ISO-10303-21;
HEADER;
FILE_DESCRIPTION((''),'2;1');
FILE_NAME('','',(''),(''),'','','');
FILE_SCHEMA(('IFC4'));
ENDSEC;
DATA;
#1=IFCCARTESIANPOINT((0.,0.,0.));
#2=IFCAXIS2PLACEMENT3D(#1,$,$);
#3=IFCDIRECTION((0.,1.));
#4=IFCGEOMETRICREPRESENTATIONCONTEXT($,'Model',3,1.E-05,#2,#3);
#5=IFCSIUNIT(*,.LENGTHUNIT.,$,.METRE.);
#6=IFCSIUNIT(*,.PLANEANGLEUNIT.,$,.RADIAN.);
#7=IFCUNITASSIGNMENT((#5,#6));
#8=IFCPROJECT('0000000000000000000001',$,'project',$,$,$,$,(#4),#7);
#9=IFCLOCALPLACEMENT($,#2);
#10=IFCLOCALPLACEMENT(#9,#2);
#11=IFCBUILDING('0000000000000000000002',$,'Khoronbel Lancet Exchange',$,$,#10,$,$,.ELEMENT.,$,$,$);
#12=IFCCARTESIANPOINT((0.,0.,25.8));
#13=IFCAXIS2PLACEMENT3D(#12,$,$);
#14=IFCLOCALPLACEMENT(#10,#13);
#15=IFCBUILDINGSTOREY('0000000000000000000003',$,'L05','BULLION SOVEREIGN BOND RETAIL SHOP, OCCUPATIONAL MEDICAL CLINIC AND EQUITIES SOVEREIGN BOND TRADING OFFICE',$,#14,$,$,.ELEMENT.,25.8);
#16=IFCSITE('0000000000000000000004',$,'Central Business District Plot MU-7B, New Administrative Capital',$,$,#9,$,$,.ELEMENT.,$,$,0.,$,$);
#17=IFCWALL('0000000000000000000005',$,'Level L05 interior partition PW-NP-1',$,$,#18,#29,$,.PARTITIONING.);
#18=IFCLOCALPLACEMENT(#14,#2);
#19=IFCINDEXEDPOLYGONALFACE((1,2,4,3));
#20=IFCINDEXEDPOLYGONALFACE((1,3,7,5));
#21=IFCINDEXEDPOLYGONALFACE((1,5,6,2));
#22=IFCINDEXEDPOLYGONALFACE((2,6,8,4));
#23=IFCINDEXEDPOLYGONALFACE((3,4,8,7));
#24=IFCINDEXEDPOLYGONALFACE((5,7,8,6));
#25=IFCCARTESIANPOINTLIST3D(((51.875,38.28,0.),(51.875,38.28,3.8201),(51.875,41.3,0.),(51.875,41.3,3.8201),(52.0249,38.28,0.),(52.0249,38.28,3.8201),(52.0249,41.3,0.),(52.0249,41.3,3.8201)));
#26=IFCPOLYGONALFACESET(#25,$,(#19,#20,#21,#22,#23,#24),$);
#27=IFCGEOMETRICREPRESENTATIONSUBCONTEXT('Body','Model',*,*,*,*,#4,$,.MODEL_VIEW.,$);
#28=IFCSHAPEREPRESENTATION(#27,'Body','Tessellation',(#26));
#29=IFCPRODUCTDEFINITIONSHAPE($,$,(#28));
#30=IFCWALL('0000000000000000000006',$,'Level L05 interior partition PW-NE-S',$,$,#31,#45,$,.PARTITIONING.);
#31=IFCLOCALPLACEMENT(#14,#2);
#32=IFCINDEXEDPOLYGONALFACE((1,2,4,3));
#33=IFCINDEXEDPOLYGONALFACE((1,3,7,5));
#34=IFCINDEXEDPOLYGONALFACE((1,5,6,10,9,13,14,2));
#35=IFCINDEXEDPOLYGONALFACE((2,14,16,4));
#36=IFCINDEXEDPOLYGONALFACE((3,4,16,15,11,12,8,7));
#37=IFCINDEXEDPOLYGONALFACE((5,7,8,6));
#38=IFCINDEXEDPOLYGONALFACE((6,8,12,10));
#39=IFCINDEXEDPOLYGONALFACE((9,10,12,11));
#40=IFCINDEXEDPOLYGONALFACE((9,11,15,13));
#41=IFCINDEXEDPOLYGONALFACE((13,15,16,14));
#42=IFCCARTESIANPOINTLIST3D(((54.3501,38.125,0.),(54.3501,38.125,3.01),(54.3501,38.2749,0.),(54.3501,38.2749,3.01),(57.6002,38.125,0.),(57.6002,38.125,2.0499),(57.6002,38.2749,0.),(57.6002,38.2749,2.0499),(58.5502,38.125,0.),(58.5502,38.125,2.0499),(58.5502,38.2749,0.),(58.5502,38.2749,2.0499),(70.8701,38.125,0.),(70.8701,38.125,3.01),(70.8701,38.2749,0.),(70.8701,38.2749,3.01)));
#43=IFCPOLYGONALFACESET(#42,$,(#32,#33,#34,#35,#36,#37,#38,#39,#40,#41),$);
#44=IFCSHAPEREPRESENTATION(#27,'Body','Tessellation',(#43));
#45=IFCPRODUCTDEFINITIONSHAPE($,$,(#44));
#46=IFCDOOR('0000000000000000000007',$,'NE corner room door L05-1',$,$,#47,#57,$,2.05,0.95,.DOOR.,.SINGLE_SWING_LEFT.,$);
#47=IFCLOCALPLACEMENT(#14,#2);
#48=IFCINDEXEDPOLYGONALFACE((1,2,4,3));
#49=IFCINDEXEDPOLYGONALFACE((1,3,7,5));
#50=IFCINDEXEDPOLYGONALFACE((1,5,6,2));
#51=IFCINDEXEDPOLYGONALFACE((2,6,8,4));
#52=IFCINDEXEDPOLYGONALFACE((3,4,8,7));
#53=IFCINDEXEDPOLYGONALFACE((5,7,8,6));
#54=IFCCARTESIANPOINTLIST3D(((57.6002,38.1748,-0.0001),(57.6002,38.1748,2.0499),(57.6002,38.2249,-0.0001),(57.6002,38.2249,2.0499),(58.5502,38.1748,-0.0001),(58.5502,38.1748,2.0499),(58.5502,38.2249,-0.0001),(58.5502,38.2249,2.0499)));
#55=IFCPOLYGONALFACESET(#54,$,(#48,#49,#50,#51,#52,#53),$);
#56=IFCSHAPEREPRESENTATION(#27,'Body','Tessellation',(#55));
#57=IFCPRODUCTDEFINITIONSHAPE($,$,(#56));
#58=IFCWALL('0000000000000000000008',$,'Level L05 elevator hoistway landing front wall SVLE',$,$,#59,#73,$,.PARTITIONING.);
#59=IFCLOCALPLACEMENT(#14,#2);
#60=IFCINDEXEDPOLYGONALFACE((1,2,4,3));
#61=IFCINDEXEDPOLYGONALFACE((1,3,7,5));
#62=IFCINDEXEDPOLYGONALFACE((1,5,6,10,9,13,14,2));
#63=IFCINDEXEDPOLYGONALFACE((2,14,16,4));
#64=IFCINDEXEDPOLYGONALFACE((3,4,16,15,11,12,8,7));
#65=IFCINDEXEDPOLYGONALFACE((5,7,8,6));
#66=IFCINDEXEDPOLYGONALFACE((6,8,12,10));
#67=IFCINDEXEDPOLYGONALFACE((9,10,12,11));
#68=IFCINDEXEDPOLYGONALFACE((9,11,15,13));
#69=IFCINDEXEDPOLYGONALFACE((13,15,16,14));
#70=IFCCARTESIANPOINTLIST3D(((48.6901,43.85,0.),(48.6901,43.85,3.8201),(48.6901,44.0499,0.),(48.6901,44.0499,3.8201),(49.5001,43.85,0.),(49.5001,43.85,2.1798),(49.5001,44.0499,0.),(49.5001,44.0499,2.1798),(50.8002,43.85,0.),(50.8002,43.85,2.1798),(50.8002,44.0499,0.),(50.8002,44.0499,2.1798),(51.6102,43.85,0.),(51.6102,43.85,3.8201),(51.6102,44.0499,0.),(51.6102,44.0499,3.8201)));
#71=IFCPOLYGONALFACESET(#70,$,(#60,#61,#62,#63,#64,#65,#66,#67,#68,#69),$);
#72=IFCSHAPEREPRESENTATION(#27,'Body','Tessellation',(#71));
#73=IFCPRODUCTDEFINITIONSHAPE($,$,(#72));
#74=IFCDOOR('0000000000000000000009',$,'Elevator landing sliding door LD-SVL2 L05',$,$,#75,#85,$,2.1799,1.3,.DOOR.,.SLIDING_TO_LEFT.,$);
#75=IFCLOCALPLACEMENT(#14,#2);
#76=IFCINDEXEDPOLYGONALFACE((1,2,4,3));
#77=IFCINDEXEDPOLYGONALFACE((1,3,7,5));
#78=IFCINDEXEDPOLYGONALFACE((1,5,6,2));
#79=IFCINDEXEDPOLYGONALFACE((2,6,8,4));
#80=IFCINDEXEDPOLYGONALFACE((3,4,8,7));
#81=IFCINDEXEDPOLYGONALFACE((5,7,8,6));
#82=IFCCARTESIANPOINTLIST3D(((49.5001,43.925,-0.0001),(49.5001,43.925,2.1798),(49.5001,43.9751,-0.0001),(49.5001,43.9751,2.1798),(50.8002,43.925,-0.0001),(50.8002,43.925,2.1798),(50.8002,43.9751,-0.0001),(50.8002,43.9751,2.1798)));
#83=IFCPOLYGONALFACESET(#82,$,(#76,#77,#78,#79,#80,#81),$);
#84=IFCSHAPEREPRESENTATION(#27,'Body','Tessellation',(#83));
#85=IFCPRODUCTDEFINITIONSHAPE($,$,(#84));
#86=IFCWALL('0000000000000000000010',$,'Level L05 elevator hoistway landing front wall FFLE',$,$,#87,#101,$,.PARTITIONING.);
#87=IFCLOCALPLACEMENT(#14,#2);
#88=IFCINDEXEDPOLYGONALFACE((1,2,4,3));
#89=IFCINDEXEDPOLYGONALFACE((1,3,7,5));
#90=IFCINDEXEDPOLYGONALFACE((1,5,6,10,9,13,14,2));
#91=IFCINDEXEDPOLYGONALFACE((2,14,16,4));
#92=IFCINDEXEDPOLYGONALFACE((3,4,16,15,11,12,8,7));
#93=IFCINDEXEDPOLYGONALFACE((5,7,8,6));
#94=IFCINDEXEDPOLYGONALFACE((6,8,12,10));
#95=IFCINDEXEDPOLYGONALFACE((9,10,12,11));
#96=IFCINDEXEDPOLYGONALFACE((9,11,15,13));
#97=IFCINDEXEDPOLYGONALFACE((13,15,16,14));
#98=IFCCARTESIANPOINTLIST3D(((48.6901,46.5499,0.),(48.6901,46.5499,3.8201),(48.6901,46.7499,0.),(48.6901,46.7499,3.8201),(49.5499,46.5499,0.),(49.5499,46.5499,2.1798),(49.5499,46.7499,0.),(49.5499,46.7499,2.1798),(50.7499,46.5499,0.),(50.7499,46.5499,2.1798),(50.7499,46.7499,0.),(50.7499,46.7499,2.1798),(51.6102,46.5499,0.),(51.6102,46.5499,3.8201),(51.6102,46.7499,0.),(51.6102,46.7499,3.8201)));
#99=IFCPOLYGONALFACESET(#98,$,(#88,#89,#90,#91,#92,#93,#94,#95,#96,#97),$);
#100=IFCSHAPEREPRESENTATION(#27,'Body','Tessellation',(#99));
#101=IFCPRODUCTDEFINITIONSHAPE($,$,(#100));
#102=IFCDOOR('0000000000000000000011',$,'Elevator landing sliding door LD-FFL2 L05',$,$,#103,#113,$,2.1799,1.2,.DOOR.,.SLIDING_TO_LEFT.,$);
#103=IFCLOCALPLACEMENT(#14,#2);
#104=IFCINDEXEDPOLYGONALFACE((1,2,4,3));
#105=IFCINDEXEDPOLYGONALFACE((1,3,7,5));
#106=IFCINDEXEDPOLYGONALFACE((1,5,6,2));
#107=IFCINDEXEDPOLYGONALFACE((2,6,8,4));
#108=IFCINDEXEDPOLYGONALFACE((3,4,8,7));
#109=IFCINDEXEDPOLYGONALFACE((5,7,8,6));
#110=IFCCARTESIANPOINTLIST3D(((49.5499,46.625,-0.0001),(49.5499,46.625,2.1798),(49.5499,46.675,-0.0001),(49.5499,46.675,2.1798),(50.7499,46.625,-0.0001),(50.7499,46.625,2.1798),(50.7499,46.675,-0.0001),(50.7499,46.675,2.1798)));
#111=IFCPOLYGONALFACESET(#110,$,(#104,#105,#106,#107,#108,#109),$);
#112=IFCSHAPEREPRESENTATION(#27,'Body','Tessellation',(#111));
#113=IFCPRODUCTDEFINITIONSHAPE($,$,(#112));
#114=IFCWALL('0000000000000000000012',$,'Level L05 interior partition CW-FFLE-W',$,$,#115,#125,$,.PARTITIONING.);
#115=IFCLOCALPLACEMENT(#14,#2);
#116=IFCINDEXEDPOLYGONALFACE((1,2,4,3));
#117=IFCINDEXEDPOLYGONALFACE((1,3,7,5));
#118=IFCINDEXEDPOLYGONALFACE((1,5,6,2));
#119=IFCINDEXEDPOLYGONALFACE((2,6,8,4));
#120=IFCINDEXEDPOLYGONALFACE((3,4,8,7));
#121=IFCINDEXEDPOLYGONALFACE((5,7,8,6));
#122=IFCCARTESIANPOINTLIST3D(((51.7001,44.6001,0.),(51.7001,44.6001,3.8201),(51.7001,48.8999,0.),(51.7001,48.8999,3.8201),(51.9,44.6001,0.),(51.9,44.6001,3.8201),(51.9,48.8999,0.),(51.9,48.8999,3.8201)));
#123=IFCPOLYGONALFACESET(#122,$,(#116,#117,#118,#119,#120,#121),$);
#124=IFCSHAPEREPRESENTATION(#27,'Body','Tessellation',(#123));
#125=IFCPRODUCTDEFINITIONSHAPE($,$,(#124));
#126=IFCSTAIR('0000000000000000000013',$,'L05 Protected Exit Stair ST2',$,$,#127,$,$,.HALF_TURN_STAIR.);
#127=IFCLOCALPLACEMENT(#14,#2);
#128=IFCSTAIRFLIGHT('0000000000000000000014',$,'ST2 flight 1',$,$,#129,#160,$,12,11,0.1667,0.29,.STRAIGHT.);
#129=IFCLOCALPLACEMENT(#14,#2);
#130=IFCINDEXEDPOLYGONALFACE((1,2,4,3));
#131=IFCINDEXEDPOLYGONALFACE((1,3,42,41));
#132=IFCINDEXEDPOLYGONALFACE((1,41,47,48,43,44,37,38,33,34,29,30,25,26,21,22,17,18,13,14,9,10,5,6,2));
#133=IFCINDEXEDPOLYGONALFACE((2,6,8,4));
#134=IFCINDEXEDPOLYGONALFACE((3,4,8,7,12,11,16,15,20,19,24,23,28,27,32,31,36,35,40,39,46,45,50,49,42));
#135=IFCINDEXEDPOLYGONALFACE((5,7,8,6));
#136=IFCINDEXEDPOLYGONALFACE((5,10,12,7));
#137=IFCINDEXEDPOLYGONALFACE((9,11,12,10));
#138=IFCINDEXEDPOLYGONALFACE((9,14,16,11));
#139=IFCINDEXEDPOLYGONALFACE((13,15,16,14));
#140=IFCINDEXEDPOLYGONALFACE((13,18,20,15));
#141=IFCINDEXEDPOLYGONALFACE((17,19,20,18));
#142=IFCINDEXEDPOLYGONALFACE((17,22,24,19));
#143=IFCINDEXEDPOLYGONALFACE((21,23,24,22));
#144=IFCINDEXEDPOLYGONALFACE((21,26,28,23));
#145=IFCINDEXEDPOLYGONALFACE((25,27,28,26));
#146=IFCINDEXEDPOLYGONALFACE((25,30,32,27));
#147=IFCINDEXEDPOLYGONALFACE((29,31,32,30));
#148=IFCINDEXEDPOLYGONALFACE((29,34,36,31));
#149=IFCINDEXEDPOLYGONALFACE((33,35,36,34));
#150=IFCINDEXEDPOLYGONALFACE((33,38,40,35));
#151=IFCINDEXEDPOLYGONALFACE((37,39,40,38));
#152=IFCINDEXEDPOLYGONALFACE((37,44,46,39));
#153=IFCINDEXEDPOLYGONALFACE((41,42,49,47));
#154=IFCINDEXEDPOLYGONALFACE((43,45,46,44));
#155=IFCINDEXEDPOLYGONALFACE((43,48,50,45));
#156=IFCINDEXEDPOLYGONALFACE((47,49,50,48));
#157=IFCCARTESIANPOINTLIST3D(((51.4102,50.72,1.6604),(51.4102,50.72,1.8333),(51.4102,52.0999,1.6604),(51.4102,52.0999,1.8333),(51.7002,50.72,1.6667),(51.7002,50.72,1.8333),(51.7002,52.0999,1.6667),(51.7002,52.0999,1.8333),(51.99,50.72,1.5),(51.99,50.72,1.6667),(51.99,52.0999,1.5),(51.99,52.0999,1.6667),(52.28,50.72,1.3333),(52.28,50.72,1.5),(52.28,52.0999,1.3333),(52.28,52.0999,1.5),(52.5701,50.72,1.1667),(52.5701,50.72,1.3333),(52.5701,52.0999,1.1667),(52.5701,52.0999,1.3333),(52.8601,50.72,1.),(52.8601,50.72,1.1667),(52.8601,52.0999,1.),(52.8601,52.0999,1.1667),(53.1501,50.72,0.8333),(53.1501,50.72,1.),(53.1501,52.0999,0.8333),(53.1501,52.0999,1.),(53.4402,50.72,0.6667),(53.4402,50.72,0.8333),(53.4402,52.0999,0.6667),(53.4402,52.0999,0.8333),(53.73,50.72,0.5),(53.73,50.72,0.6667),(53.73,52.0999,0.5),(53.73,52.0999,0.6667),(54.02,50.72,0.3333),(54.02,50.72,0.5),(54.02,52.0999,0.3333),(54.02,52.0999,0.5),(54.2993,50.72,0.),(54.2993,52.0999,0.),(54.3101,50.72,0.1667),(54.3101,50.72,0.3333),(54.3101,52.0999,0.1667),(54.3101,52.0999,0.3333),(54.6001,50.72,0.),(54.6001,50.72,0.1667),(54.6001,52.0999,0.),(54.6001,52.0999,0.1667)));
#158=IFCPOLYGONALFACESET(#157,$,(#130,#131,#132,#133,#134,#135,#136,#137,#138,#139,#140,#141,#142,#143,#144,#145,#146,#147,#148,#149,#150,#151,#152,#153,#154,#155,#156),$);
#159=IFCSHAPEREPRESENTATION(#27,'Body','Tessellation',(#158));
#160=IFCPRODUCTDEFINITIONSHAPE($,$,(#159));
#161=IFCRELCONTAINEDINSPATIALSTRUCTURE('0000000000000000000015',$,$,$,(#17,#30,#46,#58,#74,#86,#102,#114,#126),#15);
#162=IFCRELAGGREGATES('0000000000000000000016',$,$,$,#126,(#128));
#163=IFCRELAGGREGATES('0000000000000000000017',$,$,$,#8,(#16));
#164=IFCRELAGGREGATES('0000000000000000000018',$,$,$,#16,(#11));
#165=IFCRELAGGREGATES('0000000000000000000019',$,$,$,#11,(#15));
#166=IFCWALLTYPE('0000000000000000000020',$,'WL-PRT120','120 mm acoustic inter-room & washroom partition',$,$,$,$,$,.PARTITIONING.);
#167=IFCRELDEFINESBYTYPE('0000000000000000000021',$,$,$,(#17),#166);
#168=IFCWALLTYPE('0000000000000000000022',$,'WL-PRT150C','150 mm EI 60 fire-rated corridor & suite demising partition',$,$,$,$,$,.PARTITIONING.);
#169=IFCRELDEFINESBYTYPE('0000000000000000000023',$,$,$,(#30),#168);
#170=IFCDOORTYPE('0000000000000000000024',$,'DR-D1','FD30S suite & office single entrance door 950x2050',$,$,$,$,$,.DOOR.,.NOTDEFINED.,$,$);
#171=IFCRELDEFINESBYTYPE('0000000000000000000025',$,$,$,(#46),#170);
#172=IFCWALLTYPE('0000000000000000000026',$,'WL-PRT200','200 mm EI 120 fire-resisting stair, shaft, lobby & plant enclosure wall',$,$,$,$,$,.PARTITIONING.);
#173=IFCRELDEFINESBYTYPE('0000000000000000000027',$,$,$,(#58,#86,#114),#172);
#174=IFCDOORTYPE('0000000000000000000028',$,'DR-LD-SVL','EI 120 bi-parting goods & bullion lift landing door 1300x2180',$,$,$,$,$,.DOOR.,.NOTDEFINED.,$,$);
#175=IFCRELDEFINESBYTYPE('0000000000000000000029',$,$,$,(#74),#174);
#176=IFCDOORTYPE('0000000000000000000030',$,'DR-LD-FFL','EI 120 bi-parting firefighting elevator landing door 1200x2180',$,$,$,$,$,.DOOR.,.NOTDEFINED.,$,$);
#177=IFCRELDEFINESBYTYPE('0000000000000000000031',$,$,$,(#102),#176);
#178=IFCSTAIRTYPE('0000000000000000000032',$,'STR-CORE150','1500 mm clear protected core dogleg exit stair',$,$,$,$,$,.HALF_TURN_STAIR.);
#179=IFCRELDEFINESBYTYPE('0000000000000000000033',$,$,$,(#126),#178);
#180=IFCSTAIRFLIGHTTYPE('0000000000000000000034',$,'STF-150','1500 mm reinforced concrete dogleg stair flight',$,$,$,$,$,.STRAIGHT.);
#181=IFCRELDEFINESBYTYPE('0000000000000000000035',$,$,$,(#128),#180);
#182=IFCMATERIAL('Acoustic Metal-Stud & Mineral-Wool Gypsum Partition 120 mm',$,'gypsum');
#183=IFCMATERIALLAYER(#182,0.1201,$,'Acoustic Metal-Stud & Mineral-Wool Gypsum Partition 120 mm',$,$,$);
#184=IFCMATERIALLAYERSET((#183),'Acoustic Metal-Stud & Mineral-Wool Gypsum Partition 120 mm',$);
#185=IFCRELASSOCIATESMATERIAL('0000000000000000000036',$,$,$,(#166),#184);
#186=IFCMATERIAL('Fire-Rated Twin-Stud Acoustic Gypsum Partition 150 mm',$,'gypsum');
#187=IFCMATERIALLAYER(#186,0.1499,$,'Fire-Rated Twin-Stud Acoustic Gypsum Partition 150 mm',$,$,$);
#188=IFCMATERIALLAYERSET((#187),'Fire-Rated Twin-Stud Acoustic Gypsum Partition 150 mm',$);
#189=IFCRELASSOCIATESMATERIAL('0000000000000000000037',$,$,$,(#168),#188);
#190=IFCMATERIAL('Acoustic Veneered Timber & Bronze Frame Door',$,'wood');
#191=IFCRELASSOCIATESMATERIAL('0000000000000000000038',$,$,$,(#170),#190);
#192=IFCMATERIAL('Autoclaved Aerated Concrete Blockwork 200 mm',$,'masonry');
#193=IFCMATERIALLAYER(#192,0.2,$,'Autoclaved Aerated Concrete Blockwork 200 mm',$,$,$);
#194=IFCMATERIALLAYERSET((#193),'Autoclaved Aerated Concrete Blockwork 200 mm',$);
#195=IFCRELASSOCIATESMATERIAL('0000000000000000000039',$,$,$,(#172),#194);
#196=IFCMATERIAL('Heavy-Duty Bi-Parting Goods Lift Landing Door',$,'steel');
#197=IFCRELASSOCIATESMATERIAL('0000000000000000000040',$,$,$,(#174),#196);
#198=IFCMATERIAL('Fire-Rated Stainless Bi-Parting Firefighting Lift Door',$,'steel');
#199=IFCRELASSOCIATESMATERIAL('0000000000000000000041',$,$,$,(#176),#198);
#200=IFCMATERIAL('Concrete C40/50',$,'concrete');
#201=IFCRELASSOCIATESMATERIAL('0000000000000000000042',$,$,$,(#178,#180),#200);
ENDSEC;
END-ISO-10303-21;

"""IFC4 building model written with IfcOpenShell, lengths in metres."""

from ifc_helpers import new_model, si_unit, direction, frame, frame_2d, origin, place, context, subcontext, project, spatial, polyline, rectangle, outline, extrude, material, layer, layer_set, type_object, element, fill, aggregate, save


model = new_model("IFC4")

# Units and contexts
model_context = context("Model", 3, precision=1e-05, world=origin(), true_north=direction((0.0, 1.0)))
body_context = subcontext(model_context, "Body", "Model", "MODEL_VIEW")
ifc_project = project(units=[si_unit("LENGTHUNIT", "METRE"), si_unit("PLANEANGLEUNIT", "RADIAN")], contexts=[model_context])

# Site, building, storey
site_placement = place(None, origin())
site = spatial("IfcSite", under=ifc_project, at=site_placement, Name="Central Business District Plot MU-7B, New Administrative Capital", CompositionType="ELEMENT", RefElevation=0.0)
building_placement = place(site_placement, origin())
building = spatial("IfcBuilding", under=site, at=building_placement, Name="Khoronbel Lancet Exchange", CompositionType="ELEMENT")
storey_placement = place(building_placement, frame((0.0, 0.0, 25.8)))
storey = spatial("IfcBuildingStorey", under=building, at=storey_placement, Name="L05", Description="BULLION SOVEREIGN BOND RETAIL SHOP, OCCUPATIONAL MEDICAL CLINIC AND EQUITIES SOVEREIGN BOND TRADING OFFICE", CompositionType="ELEMENT", Elevation=25.8)

# Wall
ifc_material_1 = material(Name="Acoustic Metal-Stud & Mineral-Wool Gypsum Partition 120 mm", Category="gypsum")
ifc_layer_1 = layer(ifc_material_1, 0.1201, Name="Acoustic Metal-Stud & Mineral-Wool Gypsum Partition 120 mm")
ifc_layer_set_1 = layer_set([ifc_layer_1], Name="Acoustic Metal-Stud & Mineral-Wool Gypsum Partition 120 mm")
wall_type_1 = type_object("IfcWallType", Name="WL-PRT120", Description="120 mm acoustic inter-room & washroom partition", PredefinedType="PARTITIONING", material=ifc_layer_set_1)
wall_1_placement = place(storey_placement, frame((51.95, 38.28, 0.0), z_axis=(0.0, 0.0, 1.0), x_axis=(0.0, 1.0, 0.0)))
element("IfcWall", 1, at=wall_1_placement, inside=storey, type_object=wall_type_1, Name="Level L05 interior partition PW-NP-1", PredefinedType="PARTITIONING", context=body_context, shape_type="SweptSolid", body=[
    extrude(rectangle(XDim=3.02, YDim=0.1499, at=frame_2d((1.51, 0.0))), origin(), (0.0, 0.0, 1.0), 3.8201),
])

# Walls, openings, doors
ifc_material_2 = material(Name="Fire-Rated Twin-Stud Acoustic Gypsum Partition 150 mm", Category="gypsum")
ifc_layer_2 = layer(ifc_material_2, 0.1499, Name="Fire-Rated Twin-Stud Acoustic Gypsum Partition 150 mm")
ifc_layer_set_2 = layer_set([ifc_layer_2], Name="Fire-Rated Twin-Stud Acoustic Gypsum Partition 150 mm")
wall_type_2 = type_object("IfcWallType", Name="WL-PRT150C", Description="150 mm EI 60 fire-rated corridor & suite demising partition", PredefinedType="PARTITIONING", material=ifc_layer_set_2)
wall_2_placement = place(storey_placement, frame((54.3501, 38.2, 0.0), z_axis=(0.0, 0.0, 1.0), x_axis=(1.0, 0.0, 0.0)))
wall_2 = element("IfcWall", 2, at=wall_2_placement, inside=storey, type_object=wall_type_2, Name="Level L05 interior partition PW-NE-S", PredefinedType="PARTITIONING", context=body_context, shape_type="SweptSolid", body=[
    extrude(rectangle(XDim=16.52, YDim=0.1499, at=frame_2d((8.26, 0.0))), origin(), (0.0, 0.0, 1.0), 3.01),
])
opening_1_placement = place(wall_2_placement, frame((3.25, 0.0, 0.0)))
opening_1 = element("IfcOpeningElement", 3, at=opening_1_placement, cuts=wall_2, PredefinedType="OPENING", context=body_context, shape_type="SweptSolid", body=[
    extrude(rectangle(XDim=0.95, YDim=2.05, at=frame_2d((0.4751, 1.0249))), frame((0.0, 0.085, 0.0), z_axis=(0.0, -1.0, 0.0), x_axis=(1.0, 0.0, 0.0)), (0.0, 0.0, 1.0), 0.1699),
])
ifc_material_3 = material(Name="Acoustic Veneered Timber & Bronze Frame Door", Category="wood")
door_type_1 = type_object("IfcDoorType", Name="DR-D1", Description="FD30S suite & office single entrance door 950x2050", OperationType="NOTDEFINED", PredefinedType="DOOR", material=ifc_material_3)
door_1_placement = place(opening_1_placement, origin())
door_1 = element("IfcDoor", 4, at=door_1_placement, inside=storey, type_object=door_type_1, Name="NE corner room door L05-1", OperationType="SINGLE_SWING_LEFT", OverallHeight=2.05, OverallWidth=0.95, PredefinedType="DOOR", context=body_context, shape_type="SweptSolid", body=[
    extrude(rectangle(XDim=0.95, YDim=2.05, at=frame_2d((0.4751, 1.0249))), frame((0.0, 0.0249, 0.0), z_axis=(0.0, -1.0, 0.0), x_axis=(1.0, 0.0, 0.0)), (0.0, 0.0, 1.0), 0.05),
])
fill(opening_1, door_1)
ifc_material_4 = material(Name="Autoclaved Aerated Concrete Blockwork 200 mm", Category="masonry")
ifc_layer_3 = layer(ifc_material_4, 0.2, Name="Autoclaved Aerated Concrete Blockwork 200 mm")
ifc_layer_set_3 = layer_set([ifc_layer_3], Name="Autoclaved Aerated Concrete Blockwork 200 mm")
wall_type_3 = type_object("IfcWallType", Name="WL-PRT200", Description="200 mm EI 120 fire-resisting stair, shaft, lobby & plant enclosure wall", PredefinedType="PARTITIONING", material=ifc_layer_set_3)
wall_3_placement = place(storey_placement, frame((51.6101, 43.95, 0.0), z_axis=(0.0, 0.0, 1.0), x_axis=(-1.0, 0.0, 0.0)))
wall_3 = element("IfcWall", 5, at=wall_3_placement, inside=storey, type_object=wall_type_3, Name="Level L05 elevator hoistway landing front wall SVLE", PredefinedType="PARTITIONING", context=body_context, shape_type="SweptSolid", body=[
    extrude(rectangle(XDim=2.9202, YDim=0.2, at=frame_2d((1.46, 0.0))), origin(), (0.0, 0.0, 1.0), 3.8201),
])
opening_2_placement = place(wall_3_placement, frame((0.8101, 0.0, 0.0)))
opening_2 = element("IfcOpeningElement", 6, at=opening_2_placement, cuts=wall_3, PredefinedType="OPENING", context=body_context, shape_type="SweptSolid", body=[
    extrude(rectangle(XDim=1.3, YDim=2.1799, at=frame_2d((0.6499, 1.0898))), frame((0.0, 0.1099, 0.0), z_axis=(0.0, -1.0, 0.0), x_axis=(1.0, 0.0, 0.0)), (0.0, 0.0, 1.0), 0.22),
])
ifc_material_5 = material(Name="Heavy-Duty Bi-Parting Goods Lift Landing Door", Category="steel")
door_type_2 = type_object("IfcDoorType", Name="DR-LD-SVL", Description="EI 120 bi-parting goods & bullion lift landing door 1300x2180", OperationType="NOTDEFINED", PredefinedType="DOOR", material=ifc_material_5)
door_2_placement = place(opening_2_placement, origin())
door_2 = element("IfcDoor", 7, at=door_2_placement, inside=storey, type_object=door_type_2, Name="Elevator landing sliding door LD-SVL2 L05", OperationType="SLIDING_TO_LEFT", OverallHeight=2.1799, OverallWidth=1.3, PredefinedType="DOOR", context=body_context, shape_type="SweptSolid", body=[
    extrude(rectangle(XDim=1.3, YDim=2.1799, at=frame_2d((0.6499, 1.0898))), frame((0.0, 0.0249, 0.0), z_axis=(0.0, -1.0, 0.0), x_axis=(1.0, 0.0, 0.0)), (0.0, 0.0, 1.0), 0.05),
])
fill(opening_2, door_2)
wall_4_placement = place(storey_placement, frame((51.6101, 46.6499, 0.0), z_axis=(0.0, 0.0, 1.0), x_axis=(-1.0, 0.0, 0.0)))
wall_4 = element("IfcWall", 8, at=wall_4_placement, inside=storey, type_object=wall_type_3, Name="Level L05 elevator hoistway landing front wall FFLE", PredefinedType="PARTITIONING", context=body_context, shape_type="SweptSolid", body=[
    extrude(rectangle(XDim=2.9202, YDim=0.2, at=frame_2d((1.46, 0.0))), origin(), (0.0, 0.0, 1.0), 3.8201),
])
opening_3_placement = place(wall_4_placement, frame((0.8601, 0.0, 0.0)))
opening_3 = element("IfcOpeningElement", 9, at=opening_3_placement, cuts=wall_4, PredefinedType="OPENING", context=body_context, shape_type="SweptSolid", body=[
    extrude(rectangle(XDim=1.2, YDim=2.1799, at=frame_2d((0.6001, 1.0898))), frame((0.0, 0.1099, 0.0), z_axis=(0.0, -1.0, 0.0), x_axis=(1.0, 0.0, 0.0)), (0.0, 0.0, 1.0), 0.22),
])
ifc_material_6 = material(Name="Fire-Rated Stainless Bi-Parting Firefighting Lift Door", Category="steel")
door_type_3 = type_object("IfcDoorType", Name="DR-LD-FFL", Description="EI 120 bi-parting firefighting elevator landing door 1200x2180", OperationType="NOTDEFINED", PredefinedType="DOOR", material=ifc_material_6)
door_3_placement = place(opening_3_placement, origin())
door_3 = element("IfcDoor", 10, at=door_3_placement, inside=storey, type_object=door_type_3, Name="Elevator landing sliding door LD-FFL2 L05", OperationType="SLIDING_TO_LEFT", OverallHeight=2.1799, OverallWidth=1.2, PredefinedType="DOOR", context=body_context, shape_type="SweptSolid", body=[
    extrude(rectangle(XDim=1.2, YDim=2.1799, at=frame_2d((0.6001, 1.0898))), frame((0.0, 0.0249, 0.0), z_axis=(0.0, -1.0, 0.0), x_axis=(1.0, 0.0, 0.0)), (0.0, 0.0, 1.0), 0.05),
])
fill(opening_3, door_3)

# Wall
wall_5_placement = place(storey_placement, frame((51.8, 44.6001, 0.0), z_axis=(0.0, 0.0, 1.0), x_axis=(0.0, 1.0, 0.0)))
element("IfcWall", 11, at=wall_5_placement, inside=storey, type_object=wall_type_3, Name="Level L05 interior partition CW-FFLE-W", PredefinedType="PARTITIONING", context=body_context, shape_type="SweptSolid", body=[
    extrude(rectangle(XDim=4.2998, YDim=0.2, at=frame_2d((2.1499, 0.0))), origin(), (0.0, 0.0, 1.0), 3.8201),
])

# Stair, stair flight
ifc_material_7 = material(Name="Concrete C40/50", Category="concrete")
stair_type = type_object("IfcStairType", Name="STR-CORE150", Description="1500 mm clear protected core dogleg exit stair", PredefinedType="HALF_TURN_STAIR", material=ifc_material_7)
stair_placement = place(storey_placement, origin())
stair = element("IfcStair", 12, at=stair_placement, inside=storey, type_object=stair_type, Name="L05 Protected Exit Stair ST2", PredefinedType="HALF_TURN_STAIR")
stair_flight_type = type_object("IfcStairFlightType", Name="STF-150", Description="1500 mm reinforced concrete dogleg stair flight", PredefinedType="STRAIGHT", material=ifc_material_7)
stair_flight_placement = place(storey_placement, frame((54.6001, 51.4099, 0.0), z_axis=(0.0, 0.0, 1.0), x_axis=(-1.0, 0.0, 0.0)))
stair_flight = element("IfcStairFlight", 13, at=stair_flight_placement, type_object=stair_flight_type, Name="ST2 flight 1", NumberOfRisers=12, NumberOfTreads=11, PredefinedType="STRAIGHT", RiserHeight=0.1667, TreadLength=0.29, context=body_context, shape_type="SweptSolid", body=[
    extrude(outline(polyline([(0.0, 0.0), (0.0, 0.1667), (0.29, 0.1667), (0.29, 0.3333), (0.5801, 0.3333), (0.5801, 0.5), (0.8701, 0.5), (0.8701, 0.6667), (1.1599, 0.6667), (1.1599, 0.8333), (1.45, 0.8333), (1.45, 1.0), (1.74, 1.0), (1.74, 1.1667), (2.03, 1.1667), (2.03, 1.3333), (2.3201, 1.3333), (2.3201, 1.5), (2.6101, 1.5), (2.6101, 1.6667), (2.8999, 1.6667), (2.8999, 1.8333), (3.1899, 1.8333), (3.1899, 2.0), (3.1899, 1.6604), (0.3008, 0.0), (0.0, 0.0)])), frame((0.0, 0.6899, 0.0), z_axis=(0.0, -1.0, 0.0), x_axis=(1.0, 0.0, 0.0)), (0.0, 0.0, 1.0), 1.3799),
])
aggregate(stair, [stair_flight])

save(model, "model.ifc")
